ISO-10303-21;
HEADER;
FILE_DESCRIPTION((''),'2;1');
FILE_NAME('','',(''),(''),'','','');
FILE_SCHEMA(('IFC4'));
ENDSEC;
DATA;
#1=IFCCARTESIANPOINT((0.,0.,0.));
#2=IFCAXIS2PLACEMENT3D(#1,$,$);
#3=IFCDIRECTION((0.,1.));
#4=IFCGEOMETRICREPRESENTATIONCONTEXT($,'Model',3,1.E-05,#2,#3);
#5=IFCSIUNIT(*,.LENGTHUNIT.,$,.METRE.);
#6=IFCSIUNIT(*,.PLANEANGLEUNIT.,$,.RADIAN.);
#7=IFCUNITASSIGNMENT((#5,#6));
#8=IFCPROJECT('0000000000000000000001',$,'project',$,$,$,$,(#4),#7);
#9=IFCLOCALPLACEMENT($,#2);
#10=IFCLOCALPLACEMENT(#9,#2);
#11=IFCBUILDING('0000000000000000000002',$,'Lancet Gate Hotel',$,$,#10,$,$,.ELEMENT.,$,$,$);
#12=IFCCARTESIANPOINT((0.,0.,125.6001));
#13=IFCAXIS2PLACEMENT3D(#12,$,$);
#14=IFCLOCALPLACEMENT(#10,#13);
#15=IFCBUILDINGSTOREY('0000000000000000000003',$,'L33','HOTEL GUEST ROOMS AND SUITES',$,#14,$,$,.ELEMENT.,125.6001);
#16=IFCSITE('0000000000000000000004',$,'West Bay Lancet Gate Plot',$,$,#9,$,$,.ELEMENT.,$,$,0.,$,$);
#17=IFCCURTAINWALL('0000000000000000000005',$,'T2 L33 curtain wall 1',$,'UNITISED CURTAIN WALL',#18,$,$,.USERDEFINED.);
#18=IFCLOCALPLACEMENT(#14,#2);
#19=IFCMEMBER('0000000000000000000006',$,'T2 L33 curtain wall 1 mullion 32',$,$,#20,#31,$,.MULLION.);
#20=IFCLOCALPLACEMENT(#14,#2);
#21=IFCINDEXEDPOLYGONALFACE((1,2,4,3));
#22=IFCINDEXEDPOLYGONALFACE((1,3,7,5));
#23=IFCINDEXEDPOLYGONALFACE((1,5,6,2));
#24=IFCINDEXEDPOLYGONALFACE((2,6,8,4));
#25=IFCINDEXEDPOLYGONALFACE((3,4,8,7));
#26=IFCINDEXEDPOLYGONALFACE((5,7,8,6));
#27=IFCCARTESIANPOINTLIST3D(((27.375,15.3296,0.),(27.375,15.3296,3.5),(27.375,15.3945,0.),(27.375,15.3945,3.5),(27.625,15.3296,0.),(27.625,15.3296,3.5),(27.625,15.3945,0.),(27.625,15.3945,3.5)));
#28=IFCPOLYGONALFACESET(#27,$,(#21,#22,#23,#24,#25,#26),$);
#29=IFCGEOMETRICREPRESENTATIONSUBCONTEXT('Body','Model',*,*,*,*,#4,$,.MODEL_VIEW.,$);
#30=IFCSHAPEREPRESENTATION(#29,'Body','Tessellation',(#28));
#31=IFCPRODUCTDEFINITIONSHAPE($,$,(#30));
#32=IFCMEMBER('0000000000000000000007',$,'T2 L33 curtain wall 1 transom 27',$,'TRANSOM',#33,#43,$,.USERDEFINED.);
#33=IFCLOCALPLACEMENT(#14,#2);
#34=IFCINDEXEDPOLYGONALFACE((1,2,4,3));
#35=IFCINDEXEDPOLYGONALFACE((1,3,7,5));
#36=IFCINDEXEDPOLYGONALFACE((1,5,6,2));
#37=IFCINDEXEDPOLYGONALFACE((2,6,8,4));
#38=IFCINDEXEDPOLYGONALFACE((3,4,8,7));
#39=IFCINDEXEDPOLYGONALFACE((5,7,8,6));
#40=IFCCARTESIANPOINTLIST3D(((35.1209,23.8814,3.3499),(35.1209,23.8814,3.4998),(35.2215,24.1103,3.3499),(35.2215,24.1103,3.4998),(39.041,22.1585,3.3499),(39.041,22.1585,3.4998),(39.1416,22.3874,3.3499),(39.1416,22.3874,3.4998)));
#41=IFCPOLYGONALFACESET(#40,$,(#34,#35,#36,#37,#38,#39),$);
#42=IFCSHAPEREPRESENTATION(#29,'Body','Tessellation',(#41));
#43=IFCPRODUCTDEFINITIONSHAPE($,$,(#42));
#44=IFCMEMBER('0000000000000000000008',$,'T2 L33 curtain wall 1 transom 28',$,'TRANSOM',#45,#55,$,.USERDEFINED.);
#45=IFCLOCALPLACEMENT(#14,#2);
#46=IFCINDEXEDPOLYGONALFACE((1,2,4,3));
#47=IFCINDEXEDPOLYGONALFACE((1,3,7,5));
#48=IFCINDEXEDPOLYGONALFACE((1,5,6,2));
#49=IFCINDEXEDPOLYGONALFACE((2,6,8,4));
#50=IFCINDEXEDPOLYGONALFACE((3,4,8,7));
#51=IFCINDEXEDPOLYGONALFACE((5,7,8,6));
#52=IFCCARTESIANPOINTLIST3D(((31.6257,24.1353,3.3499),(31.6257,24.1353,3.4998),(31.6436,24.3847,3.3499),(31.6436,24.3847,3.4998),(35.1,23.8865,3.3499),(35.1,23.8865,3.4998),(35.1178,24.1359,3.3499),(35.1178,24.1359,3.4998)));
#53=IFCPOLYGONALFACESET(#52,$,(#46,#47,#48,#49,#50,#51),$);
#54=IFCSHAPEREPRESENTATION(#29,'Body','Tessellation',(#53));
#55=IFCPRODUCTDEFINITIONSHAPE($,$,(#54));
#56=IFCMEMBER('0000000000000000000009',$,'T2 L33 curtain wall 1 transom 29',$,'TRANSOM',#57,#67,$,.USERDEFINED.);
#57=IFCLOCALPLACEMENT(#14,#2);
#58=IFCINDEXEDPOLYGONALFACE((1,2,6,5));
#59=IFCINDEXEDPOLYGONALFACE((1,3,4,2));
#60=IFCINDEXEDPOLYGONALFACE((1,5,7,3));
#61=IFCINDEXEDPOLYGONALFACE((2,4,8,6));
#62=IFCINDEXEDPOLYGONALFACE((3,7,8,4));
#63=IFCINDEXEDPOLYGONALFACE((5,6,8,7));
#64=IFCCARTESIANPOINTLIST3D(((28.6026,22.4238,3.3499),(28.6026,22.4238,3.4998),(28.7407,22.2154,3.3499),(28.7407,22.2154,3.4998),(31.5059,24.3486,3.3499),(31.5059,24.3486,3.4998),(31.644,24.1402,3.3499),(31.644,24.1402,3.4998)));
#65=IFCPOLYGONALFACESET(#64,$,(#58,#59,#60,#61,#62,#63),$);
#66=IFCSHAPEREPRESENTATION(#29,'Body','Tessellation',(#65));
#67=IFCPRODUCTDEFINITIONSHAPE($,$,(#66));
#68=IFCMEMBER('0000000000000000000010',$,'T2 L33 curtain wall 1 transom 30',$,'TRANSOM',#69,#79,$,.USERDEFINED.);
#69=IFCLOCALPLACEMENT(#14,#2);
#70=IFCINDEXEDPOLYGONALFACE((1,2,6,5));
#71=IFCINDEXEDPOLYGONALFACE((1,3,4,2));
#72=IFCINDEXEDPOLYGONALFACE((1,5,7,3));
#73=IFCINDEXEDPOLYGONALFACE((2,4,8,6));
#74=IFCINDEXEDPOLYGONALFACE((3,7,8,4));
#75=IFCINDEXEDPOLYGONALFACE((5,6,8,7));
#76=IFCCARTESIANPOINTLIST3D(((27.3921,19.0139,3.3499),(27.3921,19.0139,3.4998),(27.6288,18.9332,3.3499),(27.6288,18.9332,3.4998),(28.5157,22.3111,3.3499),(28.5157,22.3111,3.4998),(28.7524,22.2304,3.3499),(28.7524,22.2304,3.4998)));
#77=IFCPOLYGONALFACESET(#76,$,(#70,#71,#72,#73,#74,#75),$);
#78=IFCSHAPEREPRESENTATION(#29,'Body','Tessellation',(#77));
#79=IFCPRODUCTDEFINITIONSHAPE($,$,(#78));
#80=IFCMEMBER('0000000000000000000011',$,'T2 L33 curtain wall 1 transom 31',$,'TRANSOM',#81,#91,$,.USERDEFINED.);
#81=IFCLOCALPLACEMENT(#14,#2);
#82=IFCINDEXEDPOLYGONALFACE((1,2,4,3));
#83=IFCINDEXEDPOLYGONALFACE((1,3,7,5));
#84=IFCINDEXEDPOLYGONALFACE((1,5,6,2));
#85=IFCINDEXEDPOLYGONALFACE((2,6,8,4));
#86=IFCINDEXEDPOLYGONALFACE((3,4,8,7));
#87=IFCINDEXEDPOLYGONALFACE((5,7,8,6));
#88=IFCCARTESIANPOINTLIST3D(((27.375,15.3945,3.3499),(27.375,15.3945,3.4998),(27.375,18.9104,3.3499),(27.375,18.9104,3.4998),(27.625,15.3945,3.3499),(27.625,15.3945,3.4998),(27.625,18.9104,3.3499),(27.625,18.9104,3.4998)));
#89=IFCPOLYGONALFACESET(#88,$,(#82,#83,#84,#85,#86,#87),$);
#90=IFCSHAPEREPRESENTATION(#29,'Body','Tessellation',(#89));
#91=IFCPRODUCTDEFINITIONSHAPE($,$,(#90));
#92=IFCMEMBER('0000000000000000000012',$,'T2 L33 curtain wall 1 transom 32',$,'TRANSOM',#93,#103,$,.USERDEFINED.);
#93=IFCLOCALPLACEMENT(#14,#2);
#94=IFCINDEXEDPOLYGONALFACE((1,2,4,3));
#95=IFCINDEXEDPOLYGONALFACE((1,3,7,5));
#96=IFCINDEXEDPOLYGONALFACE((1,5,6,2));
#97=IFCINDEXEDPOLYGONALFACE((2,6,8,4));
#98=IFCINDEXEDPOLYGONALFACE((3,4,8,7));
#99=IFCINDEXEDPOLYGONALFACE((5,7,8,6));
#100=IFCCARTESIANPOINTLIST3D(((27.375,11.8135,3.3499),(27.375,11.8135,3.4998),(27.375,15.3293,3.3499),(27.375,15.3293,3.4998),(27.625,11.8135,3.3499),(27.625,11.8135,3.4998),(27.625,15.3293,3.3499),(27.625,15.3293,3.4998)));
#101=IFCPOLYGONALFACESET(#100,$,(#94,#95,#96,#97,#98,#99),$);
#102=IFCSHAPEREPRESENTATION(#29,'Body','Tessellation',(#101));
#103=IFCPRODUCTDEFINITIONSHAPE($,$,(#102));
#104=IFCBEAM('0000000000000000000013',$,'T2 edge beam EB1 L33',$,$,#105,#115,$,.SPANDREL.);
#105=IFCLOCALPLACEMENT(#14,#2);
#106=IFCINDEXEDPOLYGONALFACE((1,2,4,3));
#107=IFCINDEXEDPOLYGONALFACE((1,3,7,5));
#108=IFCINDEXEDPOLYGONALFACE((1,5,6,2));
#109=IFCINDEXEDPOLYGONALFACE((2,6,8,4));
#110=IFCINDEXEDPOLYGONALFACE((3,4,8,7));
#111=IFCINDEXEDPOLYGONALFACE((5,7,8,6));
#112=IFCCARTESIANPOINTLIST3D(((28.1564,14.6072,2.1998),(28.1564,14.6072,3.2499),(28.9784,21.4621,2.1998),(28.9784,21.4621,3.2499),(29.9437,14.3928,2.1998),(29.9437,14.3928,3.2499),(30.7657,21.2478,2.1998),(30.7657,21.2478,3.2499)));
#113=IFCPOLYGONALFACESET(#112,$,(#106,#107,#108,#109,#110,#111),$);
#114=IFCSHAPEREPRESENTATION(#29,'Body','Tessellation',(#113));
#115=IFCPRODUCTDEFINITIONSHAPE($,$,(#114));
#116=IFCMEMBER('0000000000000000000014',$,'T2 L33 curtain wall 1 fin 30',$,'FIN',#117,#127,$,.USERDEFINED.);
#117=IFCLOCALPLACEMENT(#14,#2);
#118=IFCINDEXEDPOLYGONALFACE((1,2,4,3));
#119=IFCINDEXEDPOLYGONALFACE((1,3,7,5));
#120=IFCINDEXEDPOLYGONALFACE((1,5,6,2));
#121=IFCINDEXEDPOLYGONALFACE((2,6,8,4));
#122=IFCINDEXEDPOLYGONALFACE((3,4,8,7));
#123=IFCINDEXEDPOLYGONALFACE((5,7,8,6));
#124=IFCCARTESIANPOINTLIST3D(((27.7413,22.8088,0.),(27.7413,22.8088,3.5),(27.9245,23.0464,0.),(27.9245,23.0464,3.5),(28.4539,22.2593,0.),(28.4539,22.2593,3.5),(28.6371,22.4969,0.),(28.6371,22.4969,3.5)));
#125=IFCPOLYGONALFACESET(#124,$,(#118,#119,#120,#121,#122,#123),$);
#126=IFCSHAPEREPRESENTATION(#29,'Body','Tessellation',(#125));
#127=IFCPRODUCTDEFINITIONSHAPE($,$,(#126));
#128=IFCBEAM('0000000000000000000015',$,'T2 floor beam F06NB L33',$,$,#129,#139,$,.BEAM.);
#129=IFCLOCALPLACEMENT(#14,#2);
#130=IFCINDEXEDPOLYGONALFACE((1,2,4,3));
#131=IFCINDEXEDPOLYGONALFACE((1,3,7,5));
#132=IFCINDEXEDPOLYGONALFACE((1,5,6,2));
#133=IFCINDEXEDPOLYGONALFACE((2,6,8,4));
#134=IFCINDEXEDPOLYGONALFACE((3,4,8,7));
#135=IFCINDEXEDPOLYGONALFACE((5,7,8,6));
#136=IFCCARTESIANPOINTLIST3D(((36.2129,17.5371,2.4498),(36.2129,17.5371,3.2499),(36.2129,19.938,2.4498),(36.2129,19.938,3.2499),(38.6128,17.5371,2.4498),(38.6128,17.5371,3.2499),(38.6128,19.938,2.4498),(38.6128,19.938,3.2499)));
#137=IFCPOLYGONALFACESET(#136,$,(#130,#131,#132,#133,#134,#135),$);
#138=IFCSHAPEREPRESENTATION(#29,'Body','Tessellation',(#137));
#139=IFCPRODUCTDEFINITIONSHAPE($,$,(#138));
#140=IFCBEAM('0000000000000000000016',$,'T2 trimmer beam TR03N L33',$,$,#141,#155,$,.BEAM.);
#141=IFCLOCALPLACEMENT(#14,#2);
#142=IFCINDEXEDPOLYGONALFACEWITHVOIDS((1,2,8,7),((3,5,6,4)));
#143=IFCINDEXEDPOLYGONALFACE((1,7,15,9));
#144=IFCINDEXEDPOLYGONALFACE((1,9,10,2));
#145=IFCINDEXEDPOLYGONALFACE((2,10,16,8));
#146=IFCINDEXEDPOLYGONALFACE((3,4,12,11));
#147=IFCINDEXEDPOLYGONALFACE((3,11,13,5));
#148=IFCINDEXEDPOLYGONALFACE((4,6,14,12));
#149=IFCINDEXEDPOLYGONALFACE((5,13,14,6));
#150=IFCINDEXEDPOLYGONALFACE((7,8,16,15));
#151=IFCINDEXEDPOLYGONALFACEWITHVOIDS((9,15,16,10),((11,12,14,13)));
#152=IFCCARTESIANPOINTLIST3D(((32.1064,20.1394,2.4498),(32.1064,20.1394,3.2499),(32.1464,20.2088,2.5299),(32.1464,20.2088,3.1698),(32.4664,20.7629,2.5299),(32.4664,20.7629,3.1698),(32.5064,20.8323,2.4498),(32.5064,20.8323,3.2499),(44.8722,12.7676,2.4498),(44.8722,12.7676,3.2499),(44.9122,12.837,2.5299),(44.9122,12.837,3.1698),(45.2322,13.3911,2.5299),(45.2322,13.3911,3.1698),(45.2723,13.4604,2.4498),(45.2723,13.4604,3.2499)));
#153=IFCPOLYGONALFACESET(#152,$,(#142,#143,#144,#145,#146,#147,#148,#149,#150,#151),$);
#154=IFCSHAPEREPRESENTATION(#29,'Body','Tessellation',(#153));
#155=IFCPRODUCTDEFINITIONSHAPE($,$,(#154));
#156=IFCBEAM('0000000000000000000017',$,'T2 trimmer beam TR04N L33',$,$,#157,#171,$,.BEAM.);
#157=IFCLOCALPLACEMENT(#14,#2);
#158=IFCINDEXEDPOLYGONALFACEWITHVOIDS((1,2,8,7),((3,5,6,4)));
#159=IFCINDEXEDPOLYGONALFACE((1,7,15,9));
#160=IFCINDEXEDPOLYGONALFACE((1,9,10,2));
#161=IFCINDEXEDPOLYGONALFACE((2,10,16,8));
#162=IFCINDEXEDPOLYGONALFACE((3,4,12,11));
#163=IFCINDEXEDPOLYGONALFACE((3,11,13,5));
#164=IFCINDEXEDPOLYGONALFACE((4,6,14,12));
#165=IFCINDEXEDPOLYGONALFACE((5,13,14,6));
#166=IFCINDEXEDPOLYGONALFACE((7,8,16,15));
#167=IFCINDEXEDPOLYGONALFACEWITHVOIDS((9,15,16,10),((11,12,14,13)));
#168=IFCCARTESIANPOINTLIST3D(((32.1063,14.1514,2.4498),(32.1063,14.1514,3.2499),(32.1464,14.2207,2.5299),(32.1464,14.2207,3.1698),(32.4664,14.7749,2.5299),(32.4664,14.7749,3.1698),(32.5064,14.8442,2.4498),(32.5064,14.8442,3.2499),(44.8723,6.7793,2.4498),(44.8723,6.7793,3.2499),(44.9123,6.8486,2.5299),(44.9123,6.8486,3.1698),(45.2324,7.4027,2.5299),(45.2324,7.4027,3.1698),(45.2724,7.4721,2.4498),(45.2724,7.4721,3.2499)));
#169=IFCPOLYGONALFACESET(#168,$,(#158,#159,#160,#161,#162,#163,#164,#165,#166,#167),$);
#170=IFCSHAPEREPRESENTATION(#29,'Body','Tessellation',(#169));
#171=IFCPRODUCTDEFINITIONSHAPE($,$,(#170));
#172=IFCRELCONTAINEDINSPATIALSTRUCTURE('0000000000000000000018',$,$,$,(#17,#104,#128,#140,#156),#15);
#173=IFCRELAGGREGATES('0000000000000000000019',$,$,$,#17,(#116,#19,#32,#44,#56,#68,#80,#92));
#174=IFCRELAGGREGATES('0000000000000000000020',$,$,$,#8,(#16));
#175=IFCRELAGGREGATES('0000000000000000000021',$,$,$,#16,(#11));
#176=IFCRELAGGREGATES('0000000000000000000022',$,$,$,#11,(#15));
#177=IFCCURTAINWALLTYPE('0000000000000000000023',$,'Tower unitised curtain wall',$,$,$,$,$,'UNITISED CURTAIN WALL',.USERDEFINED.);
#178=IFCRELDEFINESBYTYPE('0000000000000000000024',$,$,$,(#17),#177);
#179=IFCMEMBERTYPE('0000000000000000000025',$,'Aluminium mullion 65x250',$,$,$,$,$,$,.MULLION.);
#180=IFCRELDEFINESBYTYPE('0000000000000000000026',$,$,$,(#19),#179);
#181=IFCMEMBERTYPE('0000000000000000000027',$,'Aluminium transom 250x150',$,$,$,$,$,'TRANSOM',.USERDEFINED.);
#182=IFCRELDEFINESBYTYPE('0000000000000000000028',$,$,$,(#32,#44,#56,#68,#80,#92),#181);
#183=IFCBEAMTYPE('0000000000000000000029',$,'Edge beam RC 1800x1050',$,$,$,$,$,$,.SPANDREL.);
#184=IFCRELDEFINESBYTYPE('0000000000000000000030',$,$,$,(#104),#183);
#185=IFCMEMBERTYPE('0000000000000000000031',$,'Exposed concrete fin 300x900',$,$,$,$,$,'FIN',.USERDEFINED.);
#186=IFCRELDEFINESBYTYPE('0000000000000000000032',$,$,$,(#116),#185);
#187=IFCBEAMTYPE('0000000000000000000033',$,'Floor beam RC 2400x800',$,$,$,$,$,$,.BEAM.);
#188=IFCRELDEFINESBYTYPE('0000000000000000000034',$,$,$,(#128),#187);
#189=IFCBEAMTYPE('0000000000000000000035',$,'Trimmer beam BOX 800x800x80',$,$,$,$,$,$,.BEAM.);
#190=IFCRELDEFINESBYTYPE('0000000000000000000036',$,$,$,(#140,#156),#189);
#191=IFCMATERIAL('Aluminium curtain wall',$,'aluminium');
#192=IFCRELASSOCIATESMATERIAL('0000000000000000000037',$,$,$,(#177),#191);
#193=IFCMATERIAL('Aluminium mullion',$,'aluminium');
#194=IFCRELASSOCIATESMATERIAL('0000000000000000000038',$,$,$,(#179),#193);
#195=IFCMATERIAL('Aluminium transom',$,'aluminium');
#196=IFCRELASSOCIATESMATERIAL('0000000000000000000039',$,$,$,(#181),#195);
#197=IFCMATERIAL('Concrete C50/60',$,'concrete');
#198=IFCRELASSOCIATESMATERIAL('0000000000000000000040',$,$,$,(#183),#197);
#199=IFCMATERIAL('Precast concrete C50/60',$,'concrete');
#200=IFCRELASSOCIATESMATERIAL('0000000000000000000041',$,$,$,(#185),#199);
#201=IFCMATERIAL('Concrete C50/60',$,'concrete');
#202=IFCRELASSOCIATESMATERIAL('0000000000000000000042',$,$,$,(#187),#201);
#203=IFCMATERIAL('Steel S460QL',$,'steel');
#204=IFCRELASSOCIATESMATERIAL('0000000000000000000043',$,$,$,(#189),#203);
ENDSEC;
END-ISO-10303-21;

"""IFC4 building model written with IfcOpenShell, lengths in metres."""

from ifc_helpers import new_model, si_unit, direction, frame, origin, origin_2d, place, context, subcontext, project, spatial, rectangle, hollow_rectangle, extrude, material, material_profile, profile_set, type_object, element, aggregate, save


model = new_model("IFC4")

# Units and contexts
model_context = context("Model", 3, precision=1e-05, world=origin(), true_north=direction((0.0, 1.0)))
body_context = subcontext(model_context, "Body", "Model", "MODEL_VIEW")
ifc_project = project(units=[si_unit("LENGTHUNIT", "METRE"), si_unit("PLANEANGLEUNIT", "RADIAN")], contexts=[model_context])

# Site, building, storey
site_placement = place(None, origin())
site = spatial("IfcSite", under=ifc_project, at=site_placement, Name="West Bay Lancet Gate Plot", CompositionType="ELEMENT", RefElevation=0.0)
building_placement = place(site_placement, origin())
building = spatial("IfcBuilding", under=site, at=building_placement, Name="Lancet Gate Hotel", CompositionType="ELEMENT")
storey_placement = place(building_placement, frame((0.0, 0.0, 125.6001)))
storey = spatial("IfcBuildingStorey", under=building, at=storey_placement, Name="L33", Description="HOTEL GUEST ROOMS AND SUITES", CompositionType="ELEMENT", Elevation=125.6001)

# Curtain wall, members
ifc_material_1 = material(Name="Aluminium curtain wall", Category="aluminium")
curtain_wall_type = type_object("IfcCurtainWallType", Name="Tower unitised curtain wall", ElementType="UNITISED CURTAIN WALL", PredefinedType="USERDEFINED", material=ifc_material_1)
curtain_wall_placement = place(storey_placement, origin())
curtain_wall = element("IfcCurtainWall", 1, at=curtain_wall_placement, inside=storey, type_object=curtain_wall_type, Name="T2 L33 curtain wall 1", ObjectType="UNITISED CURTAIN WALL", PredefinedType="USERDEFINED")
ifc_material_2 = material(Name="Aluminium mullion", Category="aluminium")
ifc_material_profile_1 = material_profile(ifc_material_2, rectangle(XDim=0.0649, YDim=0.25, at=origin_2d()), Name="MULLION 65x250")
ifc_profile_set_1 = profile_set([ifc_material_profile_1], Name="Aluminium mullion")
member_type_1 = type_object("IfcMemberType", Name="Aluminium mullion 65x250", PredefinedType="MULLION", material=ifc_profile_set_1)
member_1_placement = place(storey_placement, frame((27.5, 15.3621, 0.0), z_axis=(0.0, 0.0, 1.0), x_axis=(0.0, -1.0, 0.0)))
member_1 = element("IfcMember", 2, at=member_1_placement, type_object=member_type_1, Name="T2 L33 curtain wall 1 mullion 32", PredefinedType="MULLION", context=body_context, shape_type="SweptSolid", body=[
    extrude(rectangle(XDim=0.0649, YDim=0.25, at=origin_2d()), origin(), (0.0, 0.0, 1.0), 3.5),
])
ifc_material_3 = material(Name="Aluminium transom", Category="aluminium")
ifc_material_profile_2 = material_profile(ifc_material_3, rectangle(XDim=0.25, YDim=0.1499, at=origin_2d()), Name="TRANSOM 250x150")
ifc_profile_set_2 = profile_set([ifc_material_profile_2], Name="Aluminium transom")
member_type_2 = type_object("IfcMemberType", Name="Aluminium transom 250x150", ElementType="TRANSOM", PredefinedType="USERDEFINED", material=ifc_profile_set_2)
member_2_placement = place(storey_placement, frame((39.0913, 22.2729, 3.4248), z_axis=(-0.915485, 0.402353, 0.0), x_axis=(-0.402353, -0.915485, 0.0)))
member_2 = element("IfcMember", 3, at=member_2_placement, type_object=member_type_2, Name="T2 L33 curtain wall 1 transom 27", ObjectType="TRANSOM", PredefinedType="USERDEFINED", context=body_context, shape_type="SweptSolid", body=[
    extrude(rectangle(XDim=0.25, YDim=0.1499, at=origin_2d()), origin(), (0.0, 0.0, 1.0), 4.282),
])
member_3_placement = place(storey_placement, frame((35.1089, 24.0112, 3.4248), z_axis=(-0.997446, 0.071421, 0.0), x_axis=(-0.071421, -0.997446, 0.0)))
member_3 = element("IfcMember", 4, at=member_3_placement, type_object=member_type_2, Name="T2 L33 curtain wall 1 transom 28", ObjectType="TRANSOM", PredefinedType="USERDEFINED", context=body_context, shape_type="SweptSolid", body=[
    extrude(rectangle(XDim=0.25, YDim=0.1499, at=origin_2d()), origin(), (0.0, 0.0, 1.0), 3.4832),
])
member_4_placement = place(storey_placement, frame((31.575, 24.2444, 3.4248), z_axis=(-0.833471, -0.552563, 0.0), x_axis=(0.552563, -0.833471, 0.0)))
member_4 = element("IfcMember", 5, at=member_4_placement, type_object=member_type_2, Name="T2 L33 curtain wall 1 transom 29", ObjectType="TRANSOM", PredefinedType="USERDEFINED", context=body_context, shape_type="SweptSolid", body=[
    extrude(rectangle(XDim=0.25, YDim=0.1499, at=origin_2d()), origin(), (0.0, 0.0, 1.0), 3.4834),
])
member_5_placement = place(storey_placement, frame((28.634, 22.2708, 3.4248), z_axis=(-0.32255, -0.946553, 0.0), x_axis=(0.946553, -0.32255, 0.0)))
member_5 = element("IfcMember", 6, at=member_5_placement, type_object=member_type_2, Name="T2 L33 curtain wall 1 transom 30", ObjectType="TRANSOM", PredefinedType="USERDEFINED", context=body_context, shape_type="SweptSolid", body=[
    extrude(rectangle(XDim=0.25, YDim=0.1499, at=origin_2d()), origin(), (0.0, 0.0, 1.0), 3.4834),
])
member_6_placement = place(storey_placement, frame((27.5, 18.9104, 3.4248), z_axis=(0.0, -1.0, 0.0), x_axis=(1.0, 0.0, 0.0)))
member_6 = element("IfcMember", 7, at=member_6_placement, type_object=member_type_2, Name="T2 L33 curtain wall 1 transom 31", ObjectType="TRANSOM", PredefinedType="USERDEFINED", context=body_context, shape_type="SweptSolid", body=[
    extrude(rectangle(XDim=0.25, YDim=0.1499, at=origin_2d()), origin(), (0.0, 0.0, 1.0), 3.5159),
])
member_7_placement = place(storey_placement, frame((27.5, 15.3293, 3.4248), z_axis=(0.0, -1.0, 0.0), x_axis=(1.0, 0.0, 0.0)))
member_7 = element("IfcMember", 8, at=member_7_placement, type_object=member_type_2, Name="T2 L33 curtain wall 1 transom 32", ObjectType="TRANSOM", PredefinedType="USERDEFINED", context=body_context, shape_type="SweptSolid", body=[
    extrude(rectangle(XDim=0.25, YDim=0.1499, at=origin_2d()), origin(), (0.0, 0.0, 1.0), 3.5159),
])

# Beam
ifc_material_4 = material(Name="Concrete C50/60", Category="concrete")
ifc_material_profile_3 = material_profile(ifc_material_4, rectangle(XDim=1.8, YDim=1.05, at=origin_2d()), Name="RC 1800x1050")
ifc_profile_set_3 = profile_set([ifc_material_profile_3], Name="Concrete C50/60")
beam_type_1 = type_object("IfcBeamType", Name="Edge beam RC 1800x1050", PredefinedType="SPANDREL", material=ifc_profile_set_3)
beam_1_placement = place(storey_placement, frame((29.05, 14.5, 2.7249), z_axis=(0.119063, 0.992887, 0.0), x_axis=(-0.992887, 0.119063, 0.0)))
element("IfcBeam", 9, at=beam_1_placement, inside=storey, type_object=beam_type_1, Name="T2 edge beam EB1 L33", PredefinedType="SPANDREL", context=body_context, shape_type="SweptSolid", body=[
    extrude(rectangle(XDim=1.8, YDim=1.05, at=origin_2d()), origin(), (0.0, 0.0, 1.0), 6.9041),
])

# Member
ifc_material_5 = material(Name="Precast concrete C50/60", Category="concrete")
ifc_material_profile_4 = material_profile(ifc_material_5, rectangle(XDim=0.3, YDim=0.8999, at=origin_2d()), Name="FIN 300x900")
ifc_profile_set_4 = profile_set([ifc_material_profile_4], Name="Precast concrete C50/60")
member_type_3 = type_object("IfcMemberType", Name="Exposed concrete fin 300x900", ElementType="FIN", PredefinedType="USERDEFINED", material=ifc_profile_set_4)
member_8_placement = place(storey_placement, frame((28.1892, 22.6528, 0.0), z_axis=(0.0, 0.0, 1.0), x_axis=(-0.610664, -0.79189, 0.0)))
member_8 = element("IfcMember", 10, at=member_8_placement, type_object=member_type_3, Name="T2 L33 curtain wall 1 fin 30", ObjectType="FIN", PredefinedType="USERDEFINED", context=body_context, shape_type="SweptSolid", body=[
    extrude(rectangle(XDim=0.3, YDim=0.8999, at=origin_2d()), origin(), (0.0, 0.0, 1.0), 3.5),
])

# Beams
ifc_material_6 = material(Name="Concrete C50/60", Category="concrete")
ifc_material_profile_5 = material_profile(ifc_material_6, rectangle(XDim=2.3999, YDim=0.8, at=origin_2d()), Name="RC 2400x800")
ifc_profile_set_5 = profile_set([ifc_material_profile_5], Name="Concrete C50/60")
beam_type_2 = type_object("IfcBeamType", Name="Floor beam RC 2400x800", PredefinedType="BEAM", material=ifc_profile_set_5)
beam_2_placement = place(storey_placement, frame((37.4128, 17.5371, 2.8499), z_axis=(0.0, 1.0, 0.0), x_axis=(-1.0, 0.0, 0.0)))
element("IfcBeam", 11, at=beam_2_placement, inside=storey, type_object=beam_type_2, Name="T2 floor beam F06NB L33", PredefinedType="BEAM", context=body_context, shape_type="SweptSolid", body=[
    extrude(rectangle(XDim=2.3999, YDim=0.8, at=origin_2d()), origin(), (0.0, 0.0, 1.0), 2.4009),
])
ifc_material_7 = material(Name="Steel S460QL", Category="steel")
ifc_material_profile_6 = material_profile(ifc_material_7, hollow_rectangle(XDim=0.8, YDim=0.8, WallThickness=0.0801, at=origin_2d()), Name="BOX 800x800x80")
ifc_profile_set_6 = profile_set([ifc_material_profile_6], Name="Steel S460QL")
beam_type_3 = type_object("IfcBeamType", Name="Trimmer beam BOX 800x800x80", PredefinedType="BEAM", material=ifc_profile_set_6)
beam_3_placement = place(storey_placement, frame((32.3064, 20.4858, 2.8499), z_axis=(0.865983, -0.500074, 0.0), x_axis=(0.500074, 0.865983, 0.0)))
element("IfcBeam", 12, at=beam_3_placement, inside=storey, type_object=beam_type_3, Name="T2 trimmer beam TR03N L33", PredefinedType="BEAM", context=body_context, shape_type="SweptSolid", body=[
    extrude(hollow_rectangle(XDim=0.8, YDim=0.8, WallThickness=0.0801, at=origin_2d()), origin(), (0.0, 0.0, 1.0), 14.7415),
])
beam_4_placement = place(storey_placement, frame((32.3064, 14.4978, 2.8499), z_axis=(0.865976, -0.500086, 0.0), x_axis=(0.500086, 0.865976, 0.0)))
element("IfcBeam", 13, at=beam_4_placement, inside=storey, type_object=beam_type_3, Name="T2 trimmer beam TR04N L33", PredefinedType="BEAM", context=body_context, shape_type="SweptSolid", body=[
    extrude(hollow_rectangle(XDim=0.8, YDim=0.8, WallThickness=0.0801, at=origin_2d()), origin(), (0.0, 0.0, 1.0), 14.7417),
])

aggregate(curtain_wall, [member_8, member_1, member_2, member_3, member_4, member_5, member_6, member_7])

save(model, "model.ifc")
